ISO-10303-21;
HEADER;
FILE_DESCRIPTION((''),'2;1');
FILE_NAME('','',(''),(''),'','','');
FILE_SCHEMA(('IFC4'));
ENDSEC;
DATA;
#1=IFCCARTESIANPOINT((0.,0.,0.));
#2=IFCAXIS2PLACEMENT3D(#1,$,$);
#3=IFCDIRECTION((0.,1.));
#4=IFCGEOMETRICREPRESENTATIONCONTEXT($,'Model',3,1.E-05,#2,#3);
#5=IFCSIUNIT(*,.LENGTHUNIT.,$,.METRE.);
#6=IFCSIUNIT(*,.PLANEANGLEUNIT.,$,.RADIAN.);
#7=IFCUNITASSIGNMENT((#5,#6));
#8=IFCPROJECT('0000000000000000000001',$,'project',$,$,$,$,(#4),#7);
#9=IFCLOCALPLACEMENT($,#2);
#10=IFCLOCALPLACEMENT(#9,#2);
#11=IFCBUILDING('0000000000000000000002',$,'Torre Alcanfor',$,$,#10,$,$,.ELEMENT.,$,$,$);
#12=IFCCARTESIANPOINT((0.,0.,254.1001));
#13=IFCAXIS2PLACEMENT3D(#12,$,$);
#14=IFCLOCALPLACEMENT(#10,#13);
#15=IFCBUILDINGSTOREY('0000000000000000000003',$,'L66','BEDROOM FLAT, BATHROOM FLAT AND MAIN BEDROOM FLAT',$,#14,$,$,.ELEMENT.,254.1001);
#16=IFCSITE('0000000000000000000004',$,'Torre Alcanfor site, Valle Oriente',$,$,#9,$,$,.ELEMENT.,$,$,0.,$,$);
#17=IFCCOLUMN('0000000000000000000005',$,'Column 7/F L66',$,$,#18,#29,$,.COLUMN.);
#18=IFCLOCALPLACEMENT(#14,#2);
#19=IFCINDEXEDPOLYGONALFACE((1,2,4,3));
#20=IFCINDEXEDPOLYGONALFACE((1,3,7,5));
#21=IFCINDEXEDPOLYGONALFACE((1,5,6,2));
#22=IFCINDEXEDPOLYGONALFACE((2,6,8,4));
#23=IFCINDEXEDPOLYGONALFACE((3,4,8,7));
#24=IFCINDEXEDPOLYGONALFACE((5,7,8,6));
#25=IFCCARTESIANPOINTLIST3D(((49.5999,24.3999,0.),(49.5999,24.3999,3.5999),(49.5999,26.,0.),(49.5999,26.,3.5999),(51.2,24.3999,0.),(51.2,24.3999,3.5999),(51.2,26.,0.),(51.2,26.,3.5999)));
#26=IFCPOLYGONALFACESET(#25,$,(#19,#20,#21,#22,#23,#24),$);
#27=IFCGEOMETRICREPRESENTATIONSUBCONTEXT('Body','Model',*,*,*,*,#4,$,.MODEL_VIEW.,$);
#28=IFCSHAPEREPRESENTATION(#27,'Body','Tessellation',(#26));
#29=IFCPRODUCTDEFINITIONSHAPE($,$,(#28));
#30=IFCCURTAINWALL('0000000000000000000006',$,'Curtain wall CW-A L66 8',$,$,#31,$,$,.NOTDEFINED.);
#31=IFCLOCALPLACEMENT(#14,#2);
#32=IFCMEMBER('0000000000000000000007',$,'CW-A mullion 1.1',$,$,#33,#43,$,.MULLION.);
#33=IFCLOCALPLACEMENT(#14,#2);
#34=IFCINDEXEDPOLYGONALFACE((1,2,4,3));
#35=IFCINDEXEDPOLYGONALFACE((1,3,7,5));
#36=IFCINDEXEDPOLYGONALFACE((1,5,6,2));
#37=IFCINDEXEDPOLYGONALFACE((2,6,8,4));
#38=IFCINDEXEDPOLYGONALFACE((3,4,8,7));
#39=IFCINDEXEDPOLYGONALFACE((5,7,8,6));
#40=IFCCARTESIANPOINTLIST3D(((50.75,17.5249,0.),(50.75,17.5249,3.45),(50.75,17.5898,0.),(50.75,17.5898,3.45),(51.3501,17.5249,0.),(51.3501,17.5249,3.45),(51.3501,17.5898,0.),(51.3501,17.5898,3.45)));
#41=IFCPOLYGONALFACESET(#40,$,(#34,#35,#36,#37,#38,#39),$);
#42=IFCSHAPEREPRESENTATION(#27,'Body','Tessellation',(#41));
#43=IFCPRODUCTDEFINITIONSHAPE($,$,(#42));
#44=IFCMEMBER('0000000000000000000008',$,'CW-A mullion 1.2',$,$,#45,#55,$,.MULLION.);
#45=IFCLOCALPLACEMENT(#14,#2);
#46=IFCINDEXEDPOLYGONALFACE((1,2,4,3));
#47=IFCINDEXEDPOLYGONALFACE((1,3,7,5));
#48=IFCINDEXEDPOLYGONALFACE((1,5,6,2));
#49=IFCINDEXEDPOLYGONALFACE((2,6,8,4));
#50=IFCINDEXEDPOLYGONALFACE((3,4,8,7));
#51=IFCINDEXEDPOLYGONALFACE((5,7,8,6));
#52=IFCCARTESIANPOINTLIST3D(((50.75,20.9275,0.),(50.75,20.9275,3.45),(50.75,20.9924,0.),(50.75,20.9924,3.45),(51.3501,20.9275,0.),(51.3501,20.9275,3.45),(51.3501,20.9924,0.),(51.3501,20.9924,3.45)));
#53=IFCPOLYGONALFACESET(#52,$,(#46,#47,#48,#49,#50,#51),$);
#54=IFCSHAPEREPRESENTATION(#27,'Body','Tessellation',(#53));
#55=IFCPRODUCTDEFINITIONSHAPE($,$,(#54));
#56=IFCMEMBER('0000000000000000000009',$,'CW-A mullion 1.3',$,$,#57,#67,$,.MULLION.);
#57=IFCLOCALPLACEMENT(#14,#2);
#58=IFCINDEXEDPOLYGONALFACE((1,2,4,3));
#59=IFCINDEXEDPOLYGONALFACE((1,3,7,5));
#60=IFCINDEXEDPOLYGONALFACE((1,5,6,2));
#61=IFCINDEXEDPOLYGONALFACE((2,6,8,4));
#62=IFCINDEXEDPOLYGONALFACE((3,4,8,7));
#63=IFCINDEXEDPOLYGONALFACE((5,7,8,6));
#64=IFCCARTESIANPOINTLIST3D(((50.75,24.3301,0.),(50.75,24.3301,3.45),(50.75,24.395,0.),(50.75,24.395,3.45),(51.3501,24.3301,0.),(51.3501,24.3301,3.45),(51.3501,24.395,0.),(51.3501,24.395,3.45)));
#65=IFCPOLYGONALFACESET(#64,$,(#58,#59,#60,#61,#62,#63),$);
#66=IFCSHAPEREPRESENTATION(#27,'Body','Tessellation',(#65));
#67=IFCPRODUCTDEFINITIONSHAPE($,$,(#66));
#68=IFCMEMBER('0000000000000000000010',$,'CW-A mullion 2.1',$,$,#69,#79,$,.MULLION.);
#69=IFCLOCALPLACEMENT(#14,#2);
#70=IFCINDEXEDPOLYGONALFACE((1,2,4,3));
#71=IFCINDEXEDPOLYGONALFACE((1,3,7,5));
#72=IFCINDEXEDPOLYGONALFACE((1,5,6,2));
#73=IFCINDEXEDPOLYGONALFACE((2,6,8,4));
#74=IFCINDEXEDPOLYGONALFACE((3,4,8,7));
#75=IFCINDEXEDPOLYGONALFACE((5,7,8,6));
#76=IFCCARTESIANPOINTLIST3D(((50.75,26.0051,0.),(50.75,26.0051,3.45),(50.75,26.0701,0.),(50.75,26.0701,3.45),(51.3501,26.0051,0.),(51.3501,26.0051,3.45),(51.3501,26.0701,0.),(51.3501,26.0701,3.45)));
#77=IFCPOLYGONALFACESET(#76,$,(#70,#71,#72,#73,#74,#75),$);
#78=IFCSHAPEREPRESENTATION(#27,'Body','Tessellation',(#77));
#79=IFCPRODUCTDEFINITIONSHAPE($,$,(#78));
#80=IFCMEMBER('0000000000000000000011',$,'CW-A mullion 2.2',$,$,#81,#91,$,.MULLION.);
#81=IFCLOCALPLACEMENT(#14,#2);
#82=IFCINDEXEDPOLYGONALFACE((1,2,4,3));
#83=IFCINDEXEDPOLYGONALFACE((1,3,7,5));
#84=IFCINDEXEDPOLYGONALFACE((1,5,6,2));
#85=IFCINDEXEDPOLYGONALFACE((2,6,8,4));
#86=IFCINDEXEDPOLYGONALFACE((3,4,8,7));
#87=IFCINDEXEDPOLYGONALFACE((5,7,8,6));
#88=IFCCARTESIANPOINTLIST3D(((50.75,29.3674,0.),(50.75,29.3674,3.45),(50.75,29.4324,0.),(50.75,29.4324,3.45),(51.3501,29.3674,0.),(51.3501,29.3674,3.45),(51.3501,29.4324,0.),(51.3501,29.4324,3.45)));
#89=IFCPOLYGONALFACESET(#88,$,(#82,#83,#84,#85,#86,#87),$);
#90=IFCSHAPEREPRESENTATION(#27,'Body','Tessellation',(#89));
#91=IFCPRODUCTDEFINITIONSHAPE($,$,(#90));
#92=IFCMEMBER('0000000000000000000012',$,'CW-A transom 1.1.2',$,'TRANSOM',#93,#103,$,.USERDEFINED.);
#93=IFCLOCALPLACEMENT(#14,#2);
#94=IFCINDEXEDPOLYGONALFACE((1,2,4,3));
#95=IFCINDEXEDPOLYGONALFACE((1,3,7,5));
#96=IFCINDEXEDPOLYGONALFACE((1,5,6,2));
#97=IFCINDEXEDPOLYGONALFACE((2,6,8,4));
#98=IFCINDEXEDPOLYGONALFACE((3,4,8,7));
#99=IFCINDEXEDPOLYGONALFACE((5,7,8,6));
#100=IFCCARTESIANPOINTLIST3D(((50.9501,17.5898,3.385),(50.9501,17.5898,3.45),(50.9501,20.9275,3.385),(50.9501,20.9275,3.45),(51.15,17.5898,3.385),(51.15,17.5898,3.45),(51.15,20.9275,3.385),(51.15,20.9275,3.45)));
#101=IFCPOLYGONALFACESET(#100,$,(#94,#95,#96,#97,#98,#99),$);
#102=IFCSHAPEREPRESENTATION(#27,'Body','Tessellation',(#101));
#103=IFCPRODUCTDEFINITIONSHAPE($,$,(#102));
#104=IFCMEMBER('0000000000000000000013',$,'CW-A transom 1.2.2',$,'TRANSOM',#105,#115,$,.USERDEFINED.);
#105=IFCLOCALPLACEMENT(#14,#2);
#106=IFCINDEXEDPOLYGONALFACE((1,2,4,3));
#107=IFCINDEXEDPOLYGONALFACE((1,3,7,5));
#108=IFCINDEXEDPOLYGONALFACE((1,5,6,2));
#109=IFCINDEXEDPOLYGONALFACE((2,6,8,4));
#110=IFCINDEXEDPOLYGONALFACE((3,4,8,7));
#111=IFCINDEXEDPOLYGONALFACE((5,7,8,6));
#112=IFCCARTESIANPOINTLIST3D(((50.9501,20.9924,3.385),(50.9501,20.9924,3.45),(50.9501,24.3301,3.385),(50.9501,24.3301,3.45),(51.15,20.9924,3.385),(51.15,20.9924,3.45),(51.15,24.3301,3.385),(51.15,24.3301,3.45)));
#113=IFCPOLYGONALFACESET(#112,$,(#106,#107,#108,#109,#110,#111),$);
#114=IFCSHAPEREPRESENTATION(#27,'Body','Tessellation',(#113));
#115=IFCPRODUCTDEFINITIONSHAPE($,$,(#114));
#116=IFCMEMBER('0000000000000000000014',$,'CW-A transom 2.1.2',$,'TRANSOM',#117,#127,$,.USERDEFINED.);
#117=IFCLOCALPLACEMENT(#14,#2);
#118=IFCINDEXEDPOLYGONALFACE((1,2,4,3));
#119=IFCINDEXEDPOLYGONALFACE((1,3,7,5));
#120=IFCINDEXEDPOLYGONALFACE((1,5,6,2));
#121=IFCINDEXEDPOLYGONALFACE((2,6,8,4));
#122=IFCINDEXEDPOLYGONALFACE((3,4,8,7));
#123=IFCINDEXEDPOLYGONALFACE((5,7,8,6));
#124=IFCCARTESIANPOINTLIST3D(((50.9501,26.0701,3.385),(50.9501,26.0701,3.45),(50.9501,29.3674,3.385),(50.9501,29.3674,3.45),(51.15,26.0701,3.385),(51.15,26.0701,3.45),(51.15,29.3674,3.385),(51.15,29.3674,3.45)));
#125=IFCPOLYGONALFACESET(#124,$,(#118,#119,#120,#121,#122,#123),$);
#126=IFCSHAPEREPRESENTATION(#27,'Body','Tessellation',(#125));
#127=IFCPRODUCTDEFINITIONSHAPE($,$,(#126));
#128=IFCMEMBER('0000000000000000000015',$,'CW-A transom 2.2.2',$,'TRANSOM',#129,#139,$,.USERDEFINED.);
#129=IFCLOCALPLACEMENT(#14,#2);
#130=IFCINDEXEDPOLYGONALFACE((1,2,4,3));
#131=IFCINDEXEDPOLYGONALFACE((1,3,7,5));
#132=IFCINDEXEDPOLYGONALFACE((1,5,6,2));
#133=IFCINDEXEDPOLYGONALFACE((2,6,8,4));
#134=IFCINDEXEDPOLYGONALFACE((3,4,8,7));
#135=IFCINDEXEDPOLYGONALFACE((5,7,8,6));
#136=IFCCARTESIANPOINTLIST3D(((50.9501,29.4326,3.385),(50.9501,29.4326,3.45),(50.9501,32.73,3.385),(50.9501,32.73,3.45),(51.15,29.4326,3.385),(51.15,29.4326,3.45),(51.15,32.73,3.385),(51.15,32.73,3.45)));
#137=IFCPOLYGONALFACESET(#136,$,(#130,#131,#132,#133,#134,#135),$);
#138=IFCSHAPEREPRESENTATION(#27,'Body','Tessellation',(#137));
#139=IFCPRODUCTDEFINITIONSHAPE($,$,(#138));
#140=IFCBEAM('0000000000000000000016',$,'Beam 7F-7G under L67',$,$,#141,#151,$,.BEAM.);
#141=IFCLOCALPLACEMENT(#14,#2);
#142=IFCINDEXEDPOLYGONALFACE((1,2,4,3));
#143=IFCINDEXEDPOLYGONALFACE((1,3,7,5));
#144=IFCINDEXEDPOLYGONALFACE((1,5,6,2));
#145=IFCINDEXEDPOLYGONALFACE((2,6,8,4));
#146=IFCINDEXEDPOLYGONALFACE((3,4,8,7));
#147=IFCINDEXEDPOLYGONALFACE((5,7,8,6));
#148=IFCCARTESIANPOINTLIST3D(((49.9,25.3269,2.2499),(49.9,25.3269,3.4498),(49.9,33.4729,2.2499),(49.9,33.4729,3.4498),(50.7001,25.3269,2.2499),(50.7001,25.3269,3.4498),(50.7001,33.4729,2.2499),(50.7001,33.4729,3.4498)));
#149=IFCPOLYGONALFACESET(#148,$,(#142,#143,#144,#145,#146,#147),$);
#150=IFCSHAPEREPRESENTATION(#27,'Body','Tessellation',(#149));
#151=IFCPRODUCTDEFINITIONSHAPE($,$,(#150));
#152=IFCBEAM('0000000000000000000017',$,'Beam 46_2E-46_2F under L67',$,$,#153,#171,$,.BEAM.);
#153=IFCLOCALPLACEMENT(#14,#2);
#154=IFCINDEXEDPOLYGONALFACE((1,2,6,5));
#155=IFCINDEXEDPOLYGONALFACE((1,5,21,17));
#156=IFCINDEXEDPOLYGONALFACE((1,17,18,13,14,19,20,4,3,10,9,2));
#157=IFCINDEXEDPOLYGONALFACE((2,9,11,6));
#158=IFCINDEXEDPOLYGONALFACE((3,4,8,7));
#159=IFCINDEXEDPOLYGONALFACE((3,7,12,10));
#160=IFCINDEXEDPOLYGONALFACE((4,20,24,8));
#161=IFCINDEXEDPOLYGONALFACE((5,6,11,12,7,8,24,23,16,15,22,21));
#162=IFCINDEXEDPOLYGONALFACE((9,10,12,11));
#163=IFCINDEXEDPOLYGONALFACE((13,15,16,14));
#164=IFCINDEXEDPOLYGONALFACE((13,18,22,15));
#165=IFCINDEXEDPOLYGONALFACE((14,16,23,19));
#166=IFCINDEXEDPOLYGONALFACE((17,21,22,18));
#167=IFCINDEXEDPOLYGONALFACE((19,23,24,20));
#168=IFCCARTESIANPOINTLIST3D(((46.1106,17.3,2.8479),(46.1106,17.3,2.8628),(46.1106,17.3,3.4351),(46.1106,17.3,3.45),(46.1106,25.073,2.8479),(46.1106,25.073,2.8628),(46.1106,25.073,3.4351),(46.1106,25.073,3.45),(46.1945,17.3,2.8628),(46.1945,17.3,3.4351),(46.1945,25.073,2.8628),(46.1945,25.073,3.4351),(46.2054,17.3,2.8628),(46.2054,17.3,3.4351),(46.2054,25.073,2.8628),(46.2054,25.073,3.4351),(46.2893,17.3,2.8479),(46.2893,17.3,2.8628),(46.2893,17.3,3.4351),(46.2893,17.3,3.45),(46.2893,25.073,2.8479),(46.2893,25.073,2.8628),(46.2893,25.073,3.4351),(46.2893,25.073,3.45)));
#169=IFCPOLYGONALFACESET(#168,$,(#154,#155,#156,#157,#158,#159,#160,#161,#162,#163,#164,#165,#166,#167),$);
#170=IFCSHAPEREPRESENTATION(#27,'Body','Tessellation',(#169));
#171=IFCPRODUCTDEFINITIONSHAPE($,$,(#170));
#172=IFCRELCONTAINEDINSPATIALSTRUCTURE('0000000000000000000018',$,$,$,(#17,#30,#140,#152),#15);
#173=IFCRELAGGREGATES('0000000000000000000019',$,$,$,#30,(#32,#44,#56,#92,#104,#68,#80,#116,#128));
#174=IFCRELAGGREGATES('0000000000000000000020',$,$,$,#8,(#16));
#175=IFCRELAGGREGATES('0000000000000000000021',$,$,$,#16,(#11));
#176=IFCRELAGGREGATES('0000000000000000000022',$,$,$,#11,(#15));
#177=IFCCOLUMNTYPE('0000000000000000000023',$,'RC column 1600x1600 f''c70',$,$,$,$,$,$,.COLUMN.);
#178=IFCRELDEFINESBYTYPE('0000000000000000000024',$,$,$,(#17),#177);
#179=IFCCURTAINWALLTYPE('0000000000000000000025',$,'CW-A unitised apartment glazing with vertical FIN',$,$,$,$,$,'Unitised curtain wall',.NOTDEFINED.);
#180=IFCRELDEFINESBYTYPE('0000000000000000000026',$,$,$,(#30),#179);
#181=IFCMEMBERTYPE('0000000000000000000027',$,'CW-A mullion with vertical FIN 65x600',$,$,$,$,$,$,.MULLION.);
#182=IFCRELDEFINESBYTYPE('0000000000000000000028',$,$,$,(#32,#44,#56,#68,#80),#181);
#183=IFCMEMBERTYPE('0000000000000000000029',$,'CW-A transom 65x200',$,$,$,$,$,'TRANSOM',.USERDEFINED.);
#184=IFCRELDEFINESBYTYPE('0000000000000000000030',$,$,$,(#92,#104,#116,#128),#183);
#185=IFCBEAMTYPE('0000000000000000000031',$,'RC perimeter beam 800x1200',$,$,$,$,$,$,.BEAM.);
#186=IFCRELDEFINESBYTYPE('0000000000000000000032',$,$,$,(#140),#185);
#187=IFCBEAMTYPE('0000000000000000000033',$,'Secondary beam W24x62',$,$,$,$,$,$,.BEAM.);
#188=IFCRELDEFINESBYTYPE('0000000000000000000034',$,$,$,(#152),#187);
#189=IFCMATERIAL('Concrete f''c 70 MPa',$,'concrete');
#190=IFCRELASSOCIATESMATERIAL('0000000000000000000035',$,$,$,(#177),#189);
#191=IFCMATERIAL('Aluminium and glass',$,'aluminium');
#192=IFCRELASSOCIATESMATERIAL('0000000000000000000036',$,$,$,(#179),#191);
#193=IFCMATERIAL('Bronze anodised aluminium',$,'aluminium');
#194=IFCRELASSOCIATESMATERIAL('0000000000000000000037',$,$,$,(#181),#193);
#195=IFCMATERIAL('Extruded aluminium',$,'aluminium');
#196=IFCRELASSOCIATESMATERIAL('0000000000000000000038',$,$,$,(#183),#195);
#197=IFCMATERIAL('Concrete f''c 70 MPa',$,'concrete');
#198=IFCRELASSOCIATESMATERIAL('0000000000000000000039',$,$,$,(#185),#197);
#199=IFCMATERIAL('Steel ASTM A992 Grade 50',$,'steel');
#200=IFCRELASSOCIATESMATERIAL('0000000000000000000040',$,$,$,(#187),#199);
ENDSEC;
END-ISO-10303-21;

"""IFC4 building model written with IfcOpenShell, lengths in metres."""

from ifc_helpers import new_model, si_unit, direction, frame, origin, origin_2d, place, context, subcontext, project, spatial, rectangle, i_section, extrude, material, material_profile, profile_set, type_object, element, aggregate, save


model = new_model("IFC4")

# Units and contexts
model_context = context("Model", 3, precision=1e-05, world=origin(), true_north=direction((0.0, 1.0)))
body_context = subcontext(model_context, "Body", "Model", "MODEL_VIEW")
ifc_project = project(units=[si_unit("LENGTHUNIT", "METRE"), si_unit("PLANEANGLEUNIT", "RADIAN")], contexts=[model_context])

# Site, building, storey
site_placement = place(None, origin())
site = spatial("IfcSite", under=ifc_project, at=site_placement, Name="Torre Alcanfor site, Valle Oriente", CompositionType="ELEMENT", RefElevation=0.0)
building_placement = place(site_placement, origin())
building = spatial("IfcBuilding", under=site, at=building_placement, Name="Torre Alcanfor", CompositionType="ELEMENT")
storey_placement = place(building_placement, frame((0.0, 0.0, 254.1001)))
storey = spatial("IfcBuildingStorey", under=building, at=storey_placement, Name="L66", Description="BEDROOM FLAT, BATHROOM FLAT AND MAIN BEDROOM FLAT", CompositionType="ELEMENT", Elevation=254.1001)

# Column
ifc_material_1 = material(Name="Concrete f'c 70 MPa", Category="concrete")
ifc_material_profile_1 = material_profile(ifc_material_1, rectangle(XDim=1.6001, YDim=1.6001, at=origin_2d()), Name="1600x1600")
ifc_profile_set_1 = profile_set([ifc_material_profile_1], Name="Concrete f'c 70 MPa")
column_type = type_object("IfcColumnType", Name="RC column 1600x1600 f'c70", PredefinedType="COLUMN", material=ifc_profile_set_1)
column_placement = place(storey_placement, frame((50.3999, 25.2, 0.0), z_axis=(0.0, 0.0, 1.0), x_axis=(1.0, 0.0, 0.0)))
element("IfcColumn", 1, at=column_placement, inside=storey, type_object=column_type, Name="Column 7/F L66", PredefinedType="COLUMN", context=body_context, shape_type="SweptSolid", body=[
    extrude(rectangle(XDim=1.6001, YDim=1.6001, at=origin_2d()), origin(), (0.0, 0.0, 1.0), 3.5999),
])

# Curtain wall, members
ifc_material_2 = material(Name="Aluminium and glass", Category="aluminium")
curtain_wall_type = type_object("IfcCurtainWallType", Name="CW-A unitised apartment glazing with vertical FIN", ElementType="Unitised curtain wall", PredefinedType="NOTDEFINED", material=ifc_material_2)
curtain_wall_placement = place(storey_placement, origin())
curtain_wall = element("IfcCurtainWall", 2, at=curtain_wall_placement, inside=storey, type_object=curtain_wall_type, Name="Curtain wall CW-A L66 8", PredefinedType="NOTDEFINED")
ifc_material_3 = material(Name="Bronze anodised aluminium", Category="aluminium")
ifc_material_profile_2 = material_profile(ifc_material_3, rectangle(XDim=0.6001, YDim=0.0649, at=origin_2d()), Name="CW-A mullion 65x600")
ifc_profile_set_2 = profile_set([ifc_material_profile_2], Name="Bronze anodised aluminium")
member_type_1 = type_object("IfcMemberType", Name="CW-A mullion with vertical FIN 65x600", PredefinedType="MULLION", material=ifc_profile_set_2)
member_1_placement = place(storey_placement, frame((51.05, 17.5574, 0.0), z_axis=(0.0, 0.0, 1.0), x_axis=(-1.0, 0.0, 0.0)))
member_1 = element("IfcMember", 3, at=member_1_placement, type_object=member_type_1, Name="CW-A mullion 1.1", PredefinedType="MULLION", context=body_context, shape_type="SweptSolid", body=[
    extrude(rectangle(XDim=0.6001, YDim=0.0649, at=origin_2d()), origin(), (0.0, 0.0, 1.0), 3.45),
])
member_2_placement = place(storey_placement, frame((51.05, 20.96, 0.0), z_axis=(0.0, 0.0, 1.0), x_axis=(-1.0, 0.0, 0.0)))
member_2 = element("IfcMember", 4, at=member_2_placement, type_object=member_type_1, Name="CW-A mullion 1.2", PredefinedType="MULLION", context=body_context, shape_type="SweptSolid", body=[
    extrude(rectangle(XDim=0.6001, YDim=0.0649, at=origin_2d()), origin(), (0.0, 0.0, 1.0), 3.45),
])
member_3_placement = place(storey_placement, frame((51.05, 24.3625, 0.0), z_axis=(0.0, 0.0, 1.0), x_axis=(-1.0, 0.0, 0.0)))
member_3 = element("IfcMember", 5, at=member_3_placement, type_object=member_type_1, Name="CW-A mullion 1.3", PredefinedType="MULLION", context=body_context, shape_type="SweptSolid", body=[
    extrude(rectangle(XDim=0.6001, YDim=0.0649, at=origin_2d()), origin(), (0.0, 0.0, 1.0), 3.45),
])
member_4_placement = place(storey_placement, frame((51.05, 26.0376, 0.0), z_axis=(0.0, 0.0, 1.0), x_axis=(-1.0, 0.0, 0.0)))
member_4 = element("IfcMember", 6, at=member_4_placement, type_object=member_type_1, Name="CW-A mullion 2.1", PredefinedType="MULLION", context=body_context, shape_type="SweptSolid", body=[
    extrude(rectangle(XDim=0.6001, YDim=0.0649, at=origin_2d()), origin(), (0.0, 0.0, 1.0), 3.45),
])
member_5_placement = place(storey_placement, frame((51.05, 29.3999, 0.0), z_axis=(0.0, 0.0, 1.0), x_axis=(-1.0, 0.0, 0.0)))
member_5 = element("IfcMember", 7, at=member_5_placement, type_object=member_type_1, Name="CW-A mullion 2.2", PredefinedType="MULLION", context=body_context, shape_type="SweptSolid", body=[
    extrude(rectangle(XDim=0.6001, YDim=0.0649, at=origin_2d()), origin(), (0.0, 0.0, 1.0), 3.45),
])
ifc_material_4 = material(Name="Extruded aluminium", Category="aluminium")
ifc_material_profile_3 = material_profile(ifc_material_4, rectangle(XDim=0.2, YDim=0.0649, at=origin_2d()), Name="CW-A transom 200x65")
ifc_profile_set_3 = profile_set([ifc_material_profile_3], Name="Extruded aluminium")
member_type_2 = type_object("IfcMemberType", Name="CW-A transom 65x200", ElementType="TRANSOM", PredefinedType="USERDEFINED", material=ifc_profile_set_3)
member_6_placement = place(storey_placement, frame((51.05, 17.5898, 3.4175), z_axis=(0.0, 1.0, 0.0), x_axis=(-1.0, 0.0, 0.0)))
member_6 = element("IfcMember", 8, at=member_6_placement, type_object=member_type_2, Name="CW-A transom 1.1.2", ObjectType="TRANSOM", PredefinedType="USERDEFINED", context=body_context, shape_type="SweptSolid", body=[
    extrude(rectangle(XDim=0.2, YDim=0.0649, at=origin_2d()), origin(), (0.0, 0.0, 1.0), 3.3376),
])
member_7_placement = place(storey_placement, frame((51.05, 20.9924, 3.4175), z_axis=(0.0, 1.0, 0.0), x_axis=(-1.0, 0.0, 0.0)))
member_7 = element("IfcMember", 9, at=member_7_placement, type_object=member_type_2, Name="CW-A transom 1.2.2", ObjectType="TRANSOM", PredefinedType="USERDEFINED", context=body_context, shape_type="SweptSolid", body=[
    extrude(rectangle(XDim=0.2, YDim=0.0649, at=origin_2d()), origin(), (0.0, 0.0, 1.0), 3.3376),
])
member_8_placement = place(storey_placement, frame((51.05, 26.0701, 3.4175), z_axis=(0.0, 1.0, 0.0), x_axis=(-1.0, 0.0, 0.0)))
member_8 = element("IfcMember", 10, at=member_8_placement, type_object=member_type_2, Name="CW-A transom 2.1.2", ObjectType="TRANSOM", PredefinedType="USERDEFINED", context=body_context, shape_type="SweptSolid", body=[
    extrude(rectangle(XDim=0.2, YDim=0.0649, at=origin_2d()), origin(), (0.0, 0.0, 1.0), 3.2974),
])
member_9_placement = place(storey_placement, frame((51.05, 29.4326, 3.4175), z_axis=(0.0, 1.0, 0.0), x_axis=(-1.0, 0.0, 0.0)))
member_9 = element("IfcMember", 11, at=member_9_placement, type_object=member_type_2, Name="CW-A transom 2.2.2", ObjectType="TRANSOM", PredefinedType="USERDEFINED", context=body_context, shape_type="SweptSolid", body=[
    extrude(rectangle(XDim=0.2, YDim=0.0649, at=origin_2d()), origin(), (0.0, 0.0, 1.0), 3.2974),
])

# Beams
ifc_material_5 = material(Name="Concrete f'c 70 MPa", Category="concrete")
ifc_material_profile_4 = material_profile(ifc_material_5, rectangle(XDim=0.8, YDim=1.2, at=origin_2d()), Name="800x1200")
ifc_profile_set_4 = profile_set([ifc_material_profile_4], Name="Concrete f'c 70 MPa")
beam_type_1 = type_object("IfcBeamType", Name="RC perimeter beam 800x1200", PredefinedType="BEAM", material=ifc_profile_set_4)
beam_1_placement = place(storey_placement, frame((50.3, 25.3269, 2.8499), z_axis=(0.0, 1.0, 0.0), x_axis=(-1.0, 0.0, 0.0)))
element("IfcBeam", 12, at=beam_1_placement, inside=storey, type_object=beam_type_1, Name="Beam 7F-7G under L67", PredefinedType="BEAM", context=body_context, shape_type="SweptSolid", body=[
    extrude(rectangle(XDim=0.8, YDim=1.2, at=origin_2d()), origin(), (0.0, 0.0, 1.0), 8.146),
])
ifc_material_6 = material(Name="Steel ASTM A992 Grade 50", Category="steel")
ifc_material_profile_5 = material_profile(ifc_material_6, i_section(OverallWidth=0.1787, OverallDepth=0.6021, WebThickness=0.011, FlangeThickness=0.0149, at=origin_2d()), Name="W24x62")
ifc_profile_set_5 = profile_set([ifc_material_profile_5], Name="Steel ASTM A992 Grade 50")
beam_type_2 = type_object("IfcBeamType", Name="Secondary beam W24x62", PredefinedType="BEAM", material=ifc_profile_set_5)
beam_2_placement = place(storey_placement, frame((46.2, 17.3, 3.1489), z_axis=(0.0, 1.0, 0.0), x_axis=(-1.0, 0.0, 0.0)))
element("IfcBeam", 13, at=beam_2_placement, inside=storey, type_object=beam_type_2, Name="Beam 46_2E-46_2F under L67", PredefinedType="BEAM", context=body_context, shape_type="SweptSolid", body=[
    extrude(i_section(OverallWidth=0.1787, OverallDepth=0.6021, WebThickness=0.011, FlangeThickness=0.0149, at=origin_2d()), origin(), (0.0, 0.0, 1.0), 7.7729),
])

aggregate(curtain_wall, [member_1, member_2, member_3, member_6, member_7, member_4, member_5, member_8, member_9])

save(model, "model.ifc")
